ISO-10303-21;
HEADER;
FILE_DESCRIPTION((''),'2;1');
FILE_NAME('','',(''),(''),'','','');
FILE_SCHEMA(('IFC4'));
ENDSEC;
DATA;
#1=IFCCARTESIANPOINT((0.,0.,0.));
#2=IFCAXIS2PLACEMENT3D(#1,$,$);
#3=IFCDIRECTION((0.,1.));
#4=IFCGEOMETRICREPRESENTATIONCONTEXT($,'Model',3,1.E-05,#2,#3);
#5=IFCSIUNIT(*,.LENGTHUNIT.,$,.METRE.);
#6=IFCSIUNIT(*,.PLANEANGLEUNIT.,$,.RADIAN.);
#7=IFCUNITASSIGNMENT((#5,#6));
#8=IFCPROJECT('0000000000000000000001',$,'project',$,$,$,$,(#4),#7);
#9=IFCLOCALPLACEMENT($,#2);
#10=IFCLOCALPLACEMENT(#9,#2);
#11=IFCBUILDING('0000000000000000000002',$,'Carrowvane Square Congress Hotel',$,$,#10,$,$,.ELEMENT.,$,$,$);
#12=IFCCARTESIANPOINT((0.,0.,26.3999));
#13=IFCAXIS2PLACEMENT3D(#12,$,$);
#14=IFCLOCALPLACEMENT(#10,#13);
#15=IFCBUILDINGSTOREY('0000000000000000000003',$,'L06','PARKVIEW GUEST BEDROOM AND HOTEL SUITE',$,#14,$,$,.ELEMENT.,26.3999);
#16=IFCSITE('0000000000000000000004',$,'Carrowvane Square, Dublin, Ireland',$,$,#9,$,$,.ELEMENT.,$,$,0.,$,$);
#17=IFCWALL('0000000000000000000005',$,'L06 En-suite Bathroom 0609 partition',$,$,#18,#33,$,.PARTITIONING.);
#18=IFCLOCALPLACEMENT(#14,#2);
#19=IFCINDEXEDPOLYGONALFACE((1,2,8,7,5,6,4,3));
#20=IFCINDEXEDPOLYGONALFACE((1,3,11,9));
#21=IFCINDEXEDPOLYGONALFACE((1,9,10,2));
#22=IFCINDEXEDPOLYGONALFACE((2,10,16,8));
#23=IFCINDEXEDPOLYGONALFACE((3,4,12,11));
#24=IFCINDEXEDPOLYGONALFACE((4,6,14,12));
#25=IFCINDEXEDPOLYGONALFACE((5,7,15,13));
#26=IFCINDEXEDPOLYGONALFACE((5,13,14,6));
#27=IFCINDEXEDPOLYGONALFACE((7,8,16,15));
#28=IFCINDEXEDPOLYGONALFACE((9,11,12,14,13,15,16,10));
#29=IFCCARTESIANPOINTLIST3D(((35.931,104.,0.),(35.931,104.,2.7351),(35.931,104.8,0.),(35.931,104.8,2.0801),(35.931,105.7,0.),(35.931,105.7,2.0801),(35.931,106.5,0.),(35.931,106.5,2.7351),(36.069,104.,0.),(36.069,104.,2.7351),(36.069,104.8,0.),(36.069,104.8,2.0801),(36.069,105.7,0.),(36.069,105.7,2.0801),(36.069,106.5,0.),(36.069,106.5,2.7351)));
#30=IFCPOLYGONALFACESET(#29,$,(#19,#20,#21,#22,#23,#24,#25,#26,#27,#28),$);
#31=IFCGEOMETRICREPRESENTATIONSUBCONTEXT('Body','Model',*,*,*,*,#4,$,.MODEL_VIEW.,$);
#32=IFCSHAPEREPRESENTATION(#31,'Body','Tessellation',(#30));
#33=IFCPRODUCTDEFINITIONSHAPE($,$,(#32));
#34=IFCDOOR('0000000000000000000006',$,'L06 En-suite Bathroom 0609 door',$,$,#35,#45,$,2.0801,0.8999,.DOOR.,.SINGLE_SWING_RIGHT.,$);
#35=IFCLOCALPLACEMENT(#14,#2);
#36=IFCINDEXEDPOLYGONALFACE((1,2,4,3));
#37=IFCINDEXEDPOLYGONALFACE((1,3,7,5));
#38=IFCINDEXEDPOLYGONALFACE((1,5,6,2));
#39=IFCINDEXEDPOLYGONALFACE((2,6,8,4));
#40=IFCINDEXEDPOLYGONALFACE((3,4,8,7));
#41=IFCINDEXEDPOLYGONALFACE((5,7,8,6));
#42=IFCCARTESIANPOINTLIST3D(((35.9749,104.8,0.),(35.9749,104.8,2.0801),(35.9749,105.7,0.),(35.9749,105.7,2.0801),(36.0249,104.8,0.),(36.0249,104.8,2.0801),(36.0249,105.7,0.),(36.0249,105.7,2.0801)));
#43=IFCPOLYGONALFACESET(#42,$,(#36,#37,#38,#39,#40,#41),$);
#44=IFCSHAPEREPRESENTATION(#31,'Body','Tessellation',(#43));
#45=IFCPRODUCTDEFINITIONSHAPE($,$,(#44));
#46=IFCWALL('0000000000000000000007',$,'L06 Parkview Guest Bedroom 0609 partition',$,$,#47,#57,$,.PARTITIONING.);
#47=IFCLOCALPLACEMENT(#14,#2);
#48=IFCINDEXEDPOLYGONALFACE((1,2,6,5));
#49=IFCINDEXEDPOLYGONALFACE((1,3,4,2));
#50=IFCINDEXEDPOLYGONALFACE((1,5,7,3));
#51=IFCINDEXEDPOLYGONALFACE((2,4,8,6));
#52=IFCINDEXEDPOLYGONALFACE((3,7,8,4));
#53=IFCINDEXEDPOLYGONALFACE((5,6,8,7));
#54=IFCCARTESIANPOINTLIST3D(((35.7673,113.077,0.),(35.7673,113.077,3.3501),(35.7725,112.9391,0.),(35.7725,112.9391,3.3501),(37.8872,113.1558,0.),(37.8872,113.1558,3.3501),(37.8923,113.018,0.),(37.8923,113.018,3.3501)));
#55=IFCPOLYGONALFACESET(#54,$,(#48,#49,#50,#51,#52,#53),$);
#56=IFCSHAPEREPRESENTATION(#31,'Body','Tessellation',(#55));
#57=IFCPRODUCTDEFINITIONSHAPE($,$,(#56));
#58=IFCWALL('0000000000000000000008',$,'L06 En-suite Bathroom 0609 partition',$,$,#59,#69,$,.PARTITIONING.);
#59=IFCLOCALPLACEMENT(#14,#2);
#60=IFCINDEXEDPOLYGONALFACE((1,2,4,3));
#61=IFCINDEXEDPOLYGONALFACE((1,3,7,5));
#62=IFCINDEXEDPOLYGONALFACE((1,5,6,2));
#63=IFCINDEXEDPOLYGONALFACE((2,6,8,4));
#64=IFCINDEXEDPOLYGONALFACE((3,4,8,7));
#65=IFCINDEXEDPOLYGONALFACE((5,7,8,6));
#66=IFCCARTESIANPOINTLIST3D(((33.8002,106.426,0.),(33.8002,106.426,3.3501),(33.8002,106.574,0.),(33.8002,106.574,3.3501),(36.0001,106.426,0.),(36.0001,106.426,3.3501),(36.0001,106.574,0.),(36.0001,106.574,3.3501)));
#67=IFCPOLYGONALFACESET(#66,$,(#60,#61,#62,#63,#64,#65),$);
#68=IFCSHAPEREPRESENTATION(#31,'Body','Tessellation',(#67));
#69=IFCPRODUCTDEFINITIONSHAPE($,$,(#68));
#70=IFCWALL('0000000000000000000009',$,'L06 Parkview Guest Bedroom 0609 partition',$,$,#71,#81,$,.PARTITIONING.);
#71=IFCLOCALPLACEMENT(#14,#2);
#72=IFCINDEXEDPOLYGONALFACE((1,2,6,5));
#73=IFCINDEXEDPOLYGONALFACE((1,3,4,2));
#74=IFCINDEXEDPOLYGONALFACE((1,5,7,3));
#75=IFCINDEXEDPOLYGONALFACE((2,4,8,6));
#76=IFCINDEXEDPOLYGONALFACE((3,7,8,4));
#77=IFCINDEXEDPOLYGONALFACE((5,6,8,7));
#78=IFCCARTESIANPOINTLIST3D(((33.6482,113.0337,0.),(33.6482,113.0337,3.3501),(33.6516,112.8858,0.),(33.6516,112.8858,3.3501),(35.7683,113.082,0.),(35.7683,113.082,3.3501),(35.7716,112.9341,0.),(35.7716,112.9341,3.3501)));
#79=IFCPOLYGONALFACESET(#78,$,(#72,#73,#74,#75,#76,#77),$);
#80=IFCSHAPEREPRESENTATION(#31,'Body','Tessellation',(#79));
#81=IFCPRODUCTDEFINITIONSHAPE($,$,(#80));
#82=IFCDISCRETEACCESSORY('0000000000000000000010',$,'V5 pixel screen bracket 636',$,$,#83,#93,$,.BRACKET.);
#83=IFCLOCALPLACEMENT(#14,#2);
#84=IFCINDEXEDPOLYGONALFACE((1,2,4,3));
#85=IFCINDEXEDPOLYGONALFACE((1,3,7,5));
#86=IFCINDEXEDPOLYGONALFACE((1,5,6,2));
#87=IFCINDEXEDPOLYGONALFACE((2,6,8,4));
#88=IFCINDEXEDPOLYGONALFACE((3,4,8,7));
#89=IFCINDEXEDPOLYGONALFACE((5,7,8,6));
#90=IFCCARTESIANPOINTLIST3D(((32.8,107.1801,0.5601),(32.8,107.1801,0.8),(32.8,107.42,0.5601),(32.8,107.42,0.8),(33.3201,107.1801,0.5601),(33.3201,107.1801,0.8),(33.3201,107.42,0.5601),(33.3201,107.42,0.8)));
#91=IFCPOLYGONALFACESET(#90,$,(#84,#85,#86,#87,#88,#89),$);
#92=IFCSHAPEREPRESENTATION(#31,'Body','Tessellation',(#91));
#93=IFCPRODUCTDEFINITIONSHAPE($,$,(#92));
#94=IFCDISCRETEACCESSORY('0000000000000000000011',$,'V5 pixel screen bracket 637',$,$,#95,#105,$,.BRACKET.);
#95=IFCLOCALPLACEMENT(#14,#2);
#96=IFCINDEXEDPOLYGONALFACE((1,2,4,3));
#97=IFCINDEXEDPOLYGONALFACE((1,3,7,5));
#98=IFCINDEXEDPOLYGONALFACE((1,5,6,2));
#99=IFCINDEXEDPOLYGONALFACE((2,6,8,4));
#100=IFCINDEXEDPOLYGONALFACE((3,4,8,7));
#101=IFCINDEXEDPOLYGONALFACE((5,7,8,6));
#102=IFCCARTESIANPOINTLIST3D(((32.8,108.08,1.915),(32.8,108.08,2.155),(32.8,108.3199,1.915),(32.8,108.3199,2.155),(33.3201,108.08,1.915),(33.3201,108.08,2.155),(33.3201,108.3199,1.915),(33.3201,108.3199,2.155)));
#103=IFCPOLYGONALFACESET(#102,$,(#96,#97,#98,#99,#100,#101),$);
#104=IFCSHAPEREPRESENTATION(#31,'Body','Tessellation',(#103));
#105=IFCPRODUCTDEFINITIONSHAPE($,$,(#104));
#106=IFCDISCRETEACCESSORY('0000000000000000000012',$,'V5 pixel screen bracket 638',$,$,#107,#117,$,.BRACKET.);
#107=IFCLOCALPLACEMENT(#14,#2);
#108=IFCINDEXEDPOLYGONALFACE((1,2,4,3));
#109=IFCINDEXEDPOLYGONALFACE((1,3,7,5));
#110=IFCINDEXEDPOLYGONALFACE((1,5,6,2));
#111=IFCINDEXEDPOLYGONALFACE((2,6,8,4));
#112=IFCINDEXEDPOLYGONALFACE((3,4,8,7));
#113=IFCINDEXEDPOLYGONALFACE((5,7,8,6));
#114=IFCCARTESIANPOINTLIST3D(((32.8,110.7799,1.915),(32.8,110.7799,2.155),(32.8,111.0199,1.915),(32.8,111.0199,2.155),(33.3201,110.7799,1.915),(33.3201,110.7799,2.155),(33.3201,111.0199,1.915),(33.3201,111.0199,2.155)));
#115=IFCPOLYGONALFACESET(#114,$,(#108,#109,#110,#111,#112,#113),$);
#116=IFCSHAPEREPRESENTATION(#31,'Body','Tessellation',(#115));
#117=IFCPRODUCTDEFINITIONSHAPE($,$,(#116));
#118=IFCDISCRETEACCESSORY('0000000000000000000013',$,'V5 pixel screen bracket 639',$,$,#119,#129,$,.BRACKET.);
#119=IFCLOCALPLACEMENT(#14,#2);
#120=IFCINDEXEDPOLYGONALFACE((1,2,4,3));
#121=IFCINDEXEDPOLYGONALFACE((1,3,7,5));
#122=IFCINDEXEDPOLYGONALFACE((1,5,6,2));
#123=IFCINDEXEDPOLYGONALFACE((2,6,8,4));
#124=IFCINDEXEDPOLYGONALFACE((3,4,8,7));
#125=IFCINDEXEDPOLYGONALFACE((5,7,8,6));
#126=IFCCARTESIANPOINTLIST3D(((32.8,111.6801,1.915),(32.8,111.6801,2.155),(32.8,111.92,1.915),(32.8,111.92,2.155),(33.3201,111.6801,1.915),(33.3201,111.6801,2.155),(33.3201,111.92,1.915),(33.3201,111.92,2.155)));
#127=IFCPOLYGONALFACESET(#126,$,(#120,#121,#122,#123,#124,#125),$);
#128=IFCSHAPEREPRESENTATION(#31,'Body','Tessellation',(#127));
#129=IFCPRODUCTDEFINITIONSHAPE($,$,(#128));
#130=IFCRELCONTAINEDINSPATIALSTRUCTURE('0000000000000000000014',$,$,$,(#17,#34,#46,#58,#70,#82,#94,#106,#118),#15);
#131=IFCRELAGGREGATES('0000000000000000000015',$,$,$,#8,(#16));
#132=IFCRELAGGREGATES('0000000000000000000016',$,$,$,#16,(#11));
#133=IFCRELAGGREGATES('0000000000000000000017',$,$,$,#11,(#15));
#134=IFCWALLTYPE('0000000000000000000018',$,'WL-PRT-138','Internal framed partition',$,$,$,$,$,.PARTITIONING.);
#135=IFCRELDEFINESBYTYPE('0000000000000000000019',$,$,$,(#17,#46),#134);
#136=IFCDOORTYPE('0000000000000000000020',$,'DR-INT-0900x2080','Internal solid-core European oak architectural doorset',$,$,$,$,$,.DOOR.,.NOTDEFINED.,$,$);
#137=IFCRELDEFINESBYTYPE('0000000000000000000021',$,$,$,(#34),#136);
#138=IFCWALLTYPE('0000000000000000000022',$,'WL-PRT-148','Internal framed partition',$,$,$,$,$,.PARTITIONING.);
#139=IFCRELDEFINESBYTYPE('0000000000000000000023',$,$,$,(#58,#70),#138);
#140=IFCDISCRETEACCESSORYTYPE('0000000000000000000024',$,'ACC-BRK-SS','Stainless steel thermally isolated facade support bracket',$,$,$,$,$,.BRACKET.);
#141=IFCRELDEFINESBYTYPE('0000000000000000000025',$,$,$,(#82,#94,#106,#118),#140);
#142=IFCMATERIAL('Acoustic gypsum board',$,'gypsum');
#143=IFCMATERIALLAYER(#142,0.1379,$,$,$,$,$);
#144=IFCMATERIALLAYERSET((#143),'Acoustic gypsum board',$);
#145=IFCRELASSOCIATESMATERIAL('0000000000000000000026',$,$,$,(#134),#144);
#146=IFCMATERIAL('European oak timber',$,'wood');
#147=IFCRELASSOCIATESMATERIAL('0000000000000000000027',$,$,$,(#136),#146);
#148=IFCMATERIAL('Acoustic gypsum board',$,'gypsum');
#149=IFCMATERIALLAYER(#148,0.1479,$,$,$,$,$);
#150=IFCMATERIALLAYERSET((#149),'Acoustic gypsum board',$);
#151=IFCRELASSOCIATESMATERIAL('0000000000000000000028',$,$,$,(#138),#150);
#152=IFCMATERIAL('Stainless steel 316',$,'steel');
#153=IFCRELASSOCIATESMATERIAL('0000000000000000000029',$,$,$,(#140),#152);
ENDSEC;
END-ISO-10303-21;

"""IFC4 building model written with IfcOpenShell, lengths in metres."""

from ifc_helpers import new_model, si_unit, direction, frame, frame_2d, origin, origin_2d, place, context, subcontext, project, spatial, rectangle, extrude, material, layer, layer_set, type_object, element, fill, save


model = new_model("IFC4")

# Units and contexts
model_context = context("Model", 3, precision=1e-05, world=origin(), true_north=direction((0.0, 1.0)))
body_context = subcontext(model_context, "Body", "Model", "MODEL_VIEW")
ifc_project = project(units=[si_unit("LENGTHUNIT", "METRE"), si_unit("PLANEANGLEUNIT", "RADIAN")], contexts=[model_context])

# Site, building, storey
site_placement = place(None, origin())
site = spatial("IfcSite", under=ifc_project, at=site_placement, Name="Carrowvane Square, Dublin, Ireland", CompositionType="ELEMENT", RefElevation=0.0)
building_placement = place(site_placement, origin())
building = spatial("IfcBuilding", under=site, at=building_placement, Name="Carrowvane Square Congress Hotel", CompositionType="ELEMENT")
storey_placement = place(building_placement, frame((0.0, 0.0, 26.3999)))
storey = spatial("IfcBuildingStorey", under=building, at=storey_placement, Name="L06", Description="PARKVIEW GUEST BEDROOM AND HOTEL SUITE", CompositionType="ELEMENT", Elevation=26.3999)

# Wall, opening, door
ifc_material_1 = material(Name="Acoustic gypsum board", Category="gypsum")
ifc_layer_1 = layer(ifc_material_1, 0.1379)
ifc_layer_set_1 = layer_set([ifc_layer_1], Name="Acoustic gypsum board")
wall_type_1 = type_object("IfcWallType", Name="WL-PRT-138", Description="Internal framed partition", PredefinedType="PARTITIONING", material=ifc_layer_set_1)
wall_1_placement = place(storey_placement, frame((36.0, 106.5, 0.0), z_axis=(0.0, 0.0, 1.0), x_axis=(0.0, -1.0, 0.0)))
wall_1 = element("IfcWall", 1, at=wall_1_placement, inside=storey, type_object=wall_type_1, Name="L06 En-suite Bathroom 0609 partition", PredefinedType="PARTITIONING", context=body_context, shape_type="SweptSolid", body=[
    extrude(rectangle(XDim=2.5, YDim=0.1379, at=frame_2d((1.25, 0.0))), origin(), (0.0, 0.0, 1.0), 2.7351),
])
opening_placement = place(wall_1_placement, frame((0.8, 0.0, 0.0)))
opening = element("IfcOpeningElement", 2, at=opening_placement, cuts=wall_1, PredefinedType="OPENING", context=body_context, shape_type="SweptSolid", body=[
    extrude(rectangle(XDim=0.8999, YDim=2.0801, at=frame_2d((0.45, 1.04))), frame((0.0, 0.0789, 0.0), z_axis=(0.0, -1.0, 0.0), x_axis=(1.0, 0.0, 0.0)), (0.0, 0.0, 1.0), 0.158),
])
ifc_material_2 = material(Name="European oak timber", Category="wood")
door_type = type_object("IfcDoorType", Name="DR-INT-0900x2080", Description="Internal solid-core European oak architectural doorset", OperationType="NOTDEFINED", PredefinedType="DOOR", material=ifc_material_2)
door_placement = place(opening_placement, origin())
door = element("IfcDoor", 3, at=door_placement, inside=storey, type_object=door_type, Name="L06 En-suite Bathroom 0609 door", OperationType="SINGLE_SWING_RIGHT", OverallHeight=2.0801, OverallWidth=0.8999, PredefinedType="DOOR", context=body_context, shape_type="SweptSolid", body=[
    extrude(rectangle(XDim=0.8999, YDim=2.0801, at=frame_2d((0.45, 1.04))), frame((0.0, 0.0249, 0.0), z_axis=(0.0, -1.0, 0.0), x_axis=(1.0, 0.0, 0.0)), (0.0, 0.0, 1.0), 0.05),
])
fill(opening, door)

# Walls
wall_2_placement = place(storey_placement, frame((35.77, 113.0081, 0.0), z_axis=(0.0, 0.0, 1.0), x_axis=(0.999309, 0.037173, 0.0)))
element("IfcWall", 4, at=wall_2_placement, inside=storey, type_object=wall_type_1, Name="L06 Parkview Guest Bedroom 0609 partition", PredefinedType="PARTITIONING", context=body_context, shape_type="SweptSolid", body=[
    extrude(rectangle(XDim=2.1213, YDim=0.1379, at=frame_2d((1.0605, 0.0))), origin(), (0.0, 0.0, 1.0), 3.3501),
])
ifc_material_3 = material(Name="Acoustic gypsum board", Category="gypsum")
ifc_layer_2 = layer(ifc_material_3, 0.1479)
ifc_layer_set_2 = layer_set([ifc_layer_2], Name="Acoustic gypsum board")
wall_type_2 = type_object("IfcWallType", Name="WL-PRT-148", Description="Internal framed partition", PredefinedType="PARTITIONING", material=ifc_layer_set_2)
wall_3_placement = place(storey_placement, frame((33.8, 106.5, 0.0), z_axis=(0.0, 0.0, 1.0), x_axis=(1.0, 0.0, 0.0)))
element("IfcWall", 5, at=wall_3_placement, inside=storey, type_object=wall_type_2, Name="L06 En-suite Bathroom 0609 partition", PredefinedType="PARTITIONING", context=body_context, shape_type="SweptSolid", body=[
    extrude(rectangle(XDim=2.2, YDim=0.1479, at=frame_2d((1.1001, 0.0))), origin(), (0.0, 0.0, 1.0), 3.3501),
])
wall_4_placement = place(storey_placement, frame((33.6499, 112.9597, 0.0), z_axis=(0.0, 0.0, 1.0), x_axis=(0.99974, 0.022795, 0.0)))
element("IfcWall", 6, at=wall_4_placement, inside=storey, type_object=wall_type_2, Name="L06 Parkview Guest Bedroom 0609 partition", PredefinedType="PARTITIONING", context=body_context, shape_type="SweptSolid", body=[
    extrude(rectangle(XDim=2.1206, YDim=0.1479, at=frame_2d((1.0603, 0.0))), origin(), (0.0, 0.0, 1.0), 3.3501),
])

# Discrete accessories
ifc_material_4 = material(Name="Stainless steel 316", Category="steel")
discrete_accessory_type = type_object("IfcDiscreteAccessoryType", Name="ACC-BRK-SS", Description="Stainless steel thermally isolated facade support bracket", PredefinedType="BRACKET", material=ifc_material_4)
for number, where, z_axis, x_axis, name in (
    (7, (33.0601, 107.3, 0.5601), (0.0, 0.0, 1.0), (0.0, 1.0, 0.0), "V5 pixel screen bracket 636"),
    (8, (33.0601, 108.2, 1.915), (0.0, 0.0, 1.0), (0.0, 1.0, 0.0), "V5 pixel screen bracket 637"),
    (9, (33.0601, 110.8999, 1.915), (0.0, 0.0, 1.0), (0.0, 1.0, 0.0), "V5 pixel screen bracket 638"),
    (10, (33.0601, 111.8, 1.915), (0.0, 0.0, 1.0), (0.0, 1.0, 0.0), "V5 pixel screen bracket 639"),
):
    element("IfcDiscreteAccessory", number, at=place(storey_placement, frame(where, z_axis=z_axis, x_axis=x_axis)), inside=storey, type_object=discrete_accessory_type, Name=name, PredefinedType="BRACKET", context=body_context, shape_type="SweptSolid", body=[
        extrude(rectangle(XDim=0.24, YDim=0.52, at=origin_2d()), origin(), (0.0, 0.0, 1.0), 0.24),
    ])

save(model, "model.ifc")
